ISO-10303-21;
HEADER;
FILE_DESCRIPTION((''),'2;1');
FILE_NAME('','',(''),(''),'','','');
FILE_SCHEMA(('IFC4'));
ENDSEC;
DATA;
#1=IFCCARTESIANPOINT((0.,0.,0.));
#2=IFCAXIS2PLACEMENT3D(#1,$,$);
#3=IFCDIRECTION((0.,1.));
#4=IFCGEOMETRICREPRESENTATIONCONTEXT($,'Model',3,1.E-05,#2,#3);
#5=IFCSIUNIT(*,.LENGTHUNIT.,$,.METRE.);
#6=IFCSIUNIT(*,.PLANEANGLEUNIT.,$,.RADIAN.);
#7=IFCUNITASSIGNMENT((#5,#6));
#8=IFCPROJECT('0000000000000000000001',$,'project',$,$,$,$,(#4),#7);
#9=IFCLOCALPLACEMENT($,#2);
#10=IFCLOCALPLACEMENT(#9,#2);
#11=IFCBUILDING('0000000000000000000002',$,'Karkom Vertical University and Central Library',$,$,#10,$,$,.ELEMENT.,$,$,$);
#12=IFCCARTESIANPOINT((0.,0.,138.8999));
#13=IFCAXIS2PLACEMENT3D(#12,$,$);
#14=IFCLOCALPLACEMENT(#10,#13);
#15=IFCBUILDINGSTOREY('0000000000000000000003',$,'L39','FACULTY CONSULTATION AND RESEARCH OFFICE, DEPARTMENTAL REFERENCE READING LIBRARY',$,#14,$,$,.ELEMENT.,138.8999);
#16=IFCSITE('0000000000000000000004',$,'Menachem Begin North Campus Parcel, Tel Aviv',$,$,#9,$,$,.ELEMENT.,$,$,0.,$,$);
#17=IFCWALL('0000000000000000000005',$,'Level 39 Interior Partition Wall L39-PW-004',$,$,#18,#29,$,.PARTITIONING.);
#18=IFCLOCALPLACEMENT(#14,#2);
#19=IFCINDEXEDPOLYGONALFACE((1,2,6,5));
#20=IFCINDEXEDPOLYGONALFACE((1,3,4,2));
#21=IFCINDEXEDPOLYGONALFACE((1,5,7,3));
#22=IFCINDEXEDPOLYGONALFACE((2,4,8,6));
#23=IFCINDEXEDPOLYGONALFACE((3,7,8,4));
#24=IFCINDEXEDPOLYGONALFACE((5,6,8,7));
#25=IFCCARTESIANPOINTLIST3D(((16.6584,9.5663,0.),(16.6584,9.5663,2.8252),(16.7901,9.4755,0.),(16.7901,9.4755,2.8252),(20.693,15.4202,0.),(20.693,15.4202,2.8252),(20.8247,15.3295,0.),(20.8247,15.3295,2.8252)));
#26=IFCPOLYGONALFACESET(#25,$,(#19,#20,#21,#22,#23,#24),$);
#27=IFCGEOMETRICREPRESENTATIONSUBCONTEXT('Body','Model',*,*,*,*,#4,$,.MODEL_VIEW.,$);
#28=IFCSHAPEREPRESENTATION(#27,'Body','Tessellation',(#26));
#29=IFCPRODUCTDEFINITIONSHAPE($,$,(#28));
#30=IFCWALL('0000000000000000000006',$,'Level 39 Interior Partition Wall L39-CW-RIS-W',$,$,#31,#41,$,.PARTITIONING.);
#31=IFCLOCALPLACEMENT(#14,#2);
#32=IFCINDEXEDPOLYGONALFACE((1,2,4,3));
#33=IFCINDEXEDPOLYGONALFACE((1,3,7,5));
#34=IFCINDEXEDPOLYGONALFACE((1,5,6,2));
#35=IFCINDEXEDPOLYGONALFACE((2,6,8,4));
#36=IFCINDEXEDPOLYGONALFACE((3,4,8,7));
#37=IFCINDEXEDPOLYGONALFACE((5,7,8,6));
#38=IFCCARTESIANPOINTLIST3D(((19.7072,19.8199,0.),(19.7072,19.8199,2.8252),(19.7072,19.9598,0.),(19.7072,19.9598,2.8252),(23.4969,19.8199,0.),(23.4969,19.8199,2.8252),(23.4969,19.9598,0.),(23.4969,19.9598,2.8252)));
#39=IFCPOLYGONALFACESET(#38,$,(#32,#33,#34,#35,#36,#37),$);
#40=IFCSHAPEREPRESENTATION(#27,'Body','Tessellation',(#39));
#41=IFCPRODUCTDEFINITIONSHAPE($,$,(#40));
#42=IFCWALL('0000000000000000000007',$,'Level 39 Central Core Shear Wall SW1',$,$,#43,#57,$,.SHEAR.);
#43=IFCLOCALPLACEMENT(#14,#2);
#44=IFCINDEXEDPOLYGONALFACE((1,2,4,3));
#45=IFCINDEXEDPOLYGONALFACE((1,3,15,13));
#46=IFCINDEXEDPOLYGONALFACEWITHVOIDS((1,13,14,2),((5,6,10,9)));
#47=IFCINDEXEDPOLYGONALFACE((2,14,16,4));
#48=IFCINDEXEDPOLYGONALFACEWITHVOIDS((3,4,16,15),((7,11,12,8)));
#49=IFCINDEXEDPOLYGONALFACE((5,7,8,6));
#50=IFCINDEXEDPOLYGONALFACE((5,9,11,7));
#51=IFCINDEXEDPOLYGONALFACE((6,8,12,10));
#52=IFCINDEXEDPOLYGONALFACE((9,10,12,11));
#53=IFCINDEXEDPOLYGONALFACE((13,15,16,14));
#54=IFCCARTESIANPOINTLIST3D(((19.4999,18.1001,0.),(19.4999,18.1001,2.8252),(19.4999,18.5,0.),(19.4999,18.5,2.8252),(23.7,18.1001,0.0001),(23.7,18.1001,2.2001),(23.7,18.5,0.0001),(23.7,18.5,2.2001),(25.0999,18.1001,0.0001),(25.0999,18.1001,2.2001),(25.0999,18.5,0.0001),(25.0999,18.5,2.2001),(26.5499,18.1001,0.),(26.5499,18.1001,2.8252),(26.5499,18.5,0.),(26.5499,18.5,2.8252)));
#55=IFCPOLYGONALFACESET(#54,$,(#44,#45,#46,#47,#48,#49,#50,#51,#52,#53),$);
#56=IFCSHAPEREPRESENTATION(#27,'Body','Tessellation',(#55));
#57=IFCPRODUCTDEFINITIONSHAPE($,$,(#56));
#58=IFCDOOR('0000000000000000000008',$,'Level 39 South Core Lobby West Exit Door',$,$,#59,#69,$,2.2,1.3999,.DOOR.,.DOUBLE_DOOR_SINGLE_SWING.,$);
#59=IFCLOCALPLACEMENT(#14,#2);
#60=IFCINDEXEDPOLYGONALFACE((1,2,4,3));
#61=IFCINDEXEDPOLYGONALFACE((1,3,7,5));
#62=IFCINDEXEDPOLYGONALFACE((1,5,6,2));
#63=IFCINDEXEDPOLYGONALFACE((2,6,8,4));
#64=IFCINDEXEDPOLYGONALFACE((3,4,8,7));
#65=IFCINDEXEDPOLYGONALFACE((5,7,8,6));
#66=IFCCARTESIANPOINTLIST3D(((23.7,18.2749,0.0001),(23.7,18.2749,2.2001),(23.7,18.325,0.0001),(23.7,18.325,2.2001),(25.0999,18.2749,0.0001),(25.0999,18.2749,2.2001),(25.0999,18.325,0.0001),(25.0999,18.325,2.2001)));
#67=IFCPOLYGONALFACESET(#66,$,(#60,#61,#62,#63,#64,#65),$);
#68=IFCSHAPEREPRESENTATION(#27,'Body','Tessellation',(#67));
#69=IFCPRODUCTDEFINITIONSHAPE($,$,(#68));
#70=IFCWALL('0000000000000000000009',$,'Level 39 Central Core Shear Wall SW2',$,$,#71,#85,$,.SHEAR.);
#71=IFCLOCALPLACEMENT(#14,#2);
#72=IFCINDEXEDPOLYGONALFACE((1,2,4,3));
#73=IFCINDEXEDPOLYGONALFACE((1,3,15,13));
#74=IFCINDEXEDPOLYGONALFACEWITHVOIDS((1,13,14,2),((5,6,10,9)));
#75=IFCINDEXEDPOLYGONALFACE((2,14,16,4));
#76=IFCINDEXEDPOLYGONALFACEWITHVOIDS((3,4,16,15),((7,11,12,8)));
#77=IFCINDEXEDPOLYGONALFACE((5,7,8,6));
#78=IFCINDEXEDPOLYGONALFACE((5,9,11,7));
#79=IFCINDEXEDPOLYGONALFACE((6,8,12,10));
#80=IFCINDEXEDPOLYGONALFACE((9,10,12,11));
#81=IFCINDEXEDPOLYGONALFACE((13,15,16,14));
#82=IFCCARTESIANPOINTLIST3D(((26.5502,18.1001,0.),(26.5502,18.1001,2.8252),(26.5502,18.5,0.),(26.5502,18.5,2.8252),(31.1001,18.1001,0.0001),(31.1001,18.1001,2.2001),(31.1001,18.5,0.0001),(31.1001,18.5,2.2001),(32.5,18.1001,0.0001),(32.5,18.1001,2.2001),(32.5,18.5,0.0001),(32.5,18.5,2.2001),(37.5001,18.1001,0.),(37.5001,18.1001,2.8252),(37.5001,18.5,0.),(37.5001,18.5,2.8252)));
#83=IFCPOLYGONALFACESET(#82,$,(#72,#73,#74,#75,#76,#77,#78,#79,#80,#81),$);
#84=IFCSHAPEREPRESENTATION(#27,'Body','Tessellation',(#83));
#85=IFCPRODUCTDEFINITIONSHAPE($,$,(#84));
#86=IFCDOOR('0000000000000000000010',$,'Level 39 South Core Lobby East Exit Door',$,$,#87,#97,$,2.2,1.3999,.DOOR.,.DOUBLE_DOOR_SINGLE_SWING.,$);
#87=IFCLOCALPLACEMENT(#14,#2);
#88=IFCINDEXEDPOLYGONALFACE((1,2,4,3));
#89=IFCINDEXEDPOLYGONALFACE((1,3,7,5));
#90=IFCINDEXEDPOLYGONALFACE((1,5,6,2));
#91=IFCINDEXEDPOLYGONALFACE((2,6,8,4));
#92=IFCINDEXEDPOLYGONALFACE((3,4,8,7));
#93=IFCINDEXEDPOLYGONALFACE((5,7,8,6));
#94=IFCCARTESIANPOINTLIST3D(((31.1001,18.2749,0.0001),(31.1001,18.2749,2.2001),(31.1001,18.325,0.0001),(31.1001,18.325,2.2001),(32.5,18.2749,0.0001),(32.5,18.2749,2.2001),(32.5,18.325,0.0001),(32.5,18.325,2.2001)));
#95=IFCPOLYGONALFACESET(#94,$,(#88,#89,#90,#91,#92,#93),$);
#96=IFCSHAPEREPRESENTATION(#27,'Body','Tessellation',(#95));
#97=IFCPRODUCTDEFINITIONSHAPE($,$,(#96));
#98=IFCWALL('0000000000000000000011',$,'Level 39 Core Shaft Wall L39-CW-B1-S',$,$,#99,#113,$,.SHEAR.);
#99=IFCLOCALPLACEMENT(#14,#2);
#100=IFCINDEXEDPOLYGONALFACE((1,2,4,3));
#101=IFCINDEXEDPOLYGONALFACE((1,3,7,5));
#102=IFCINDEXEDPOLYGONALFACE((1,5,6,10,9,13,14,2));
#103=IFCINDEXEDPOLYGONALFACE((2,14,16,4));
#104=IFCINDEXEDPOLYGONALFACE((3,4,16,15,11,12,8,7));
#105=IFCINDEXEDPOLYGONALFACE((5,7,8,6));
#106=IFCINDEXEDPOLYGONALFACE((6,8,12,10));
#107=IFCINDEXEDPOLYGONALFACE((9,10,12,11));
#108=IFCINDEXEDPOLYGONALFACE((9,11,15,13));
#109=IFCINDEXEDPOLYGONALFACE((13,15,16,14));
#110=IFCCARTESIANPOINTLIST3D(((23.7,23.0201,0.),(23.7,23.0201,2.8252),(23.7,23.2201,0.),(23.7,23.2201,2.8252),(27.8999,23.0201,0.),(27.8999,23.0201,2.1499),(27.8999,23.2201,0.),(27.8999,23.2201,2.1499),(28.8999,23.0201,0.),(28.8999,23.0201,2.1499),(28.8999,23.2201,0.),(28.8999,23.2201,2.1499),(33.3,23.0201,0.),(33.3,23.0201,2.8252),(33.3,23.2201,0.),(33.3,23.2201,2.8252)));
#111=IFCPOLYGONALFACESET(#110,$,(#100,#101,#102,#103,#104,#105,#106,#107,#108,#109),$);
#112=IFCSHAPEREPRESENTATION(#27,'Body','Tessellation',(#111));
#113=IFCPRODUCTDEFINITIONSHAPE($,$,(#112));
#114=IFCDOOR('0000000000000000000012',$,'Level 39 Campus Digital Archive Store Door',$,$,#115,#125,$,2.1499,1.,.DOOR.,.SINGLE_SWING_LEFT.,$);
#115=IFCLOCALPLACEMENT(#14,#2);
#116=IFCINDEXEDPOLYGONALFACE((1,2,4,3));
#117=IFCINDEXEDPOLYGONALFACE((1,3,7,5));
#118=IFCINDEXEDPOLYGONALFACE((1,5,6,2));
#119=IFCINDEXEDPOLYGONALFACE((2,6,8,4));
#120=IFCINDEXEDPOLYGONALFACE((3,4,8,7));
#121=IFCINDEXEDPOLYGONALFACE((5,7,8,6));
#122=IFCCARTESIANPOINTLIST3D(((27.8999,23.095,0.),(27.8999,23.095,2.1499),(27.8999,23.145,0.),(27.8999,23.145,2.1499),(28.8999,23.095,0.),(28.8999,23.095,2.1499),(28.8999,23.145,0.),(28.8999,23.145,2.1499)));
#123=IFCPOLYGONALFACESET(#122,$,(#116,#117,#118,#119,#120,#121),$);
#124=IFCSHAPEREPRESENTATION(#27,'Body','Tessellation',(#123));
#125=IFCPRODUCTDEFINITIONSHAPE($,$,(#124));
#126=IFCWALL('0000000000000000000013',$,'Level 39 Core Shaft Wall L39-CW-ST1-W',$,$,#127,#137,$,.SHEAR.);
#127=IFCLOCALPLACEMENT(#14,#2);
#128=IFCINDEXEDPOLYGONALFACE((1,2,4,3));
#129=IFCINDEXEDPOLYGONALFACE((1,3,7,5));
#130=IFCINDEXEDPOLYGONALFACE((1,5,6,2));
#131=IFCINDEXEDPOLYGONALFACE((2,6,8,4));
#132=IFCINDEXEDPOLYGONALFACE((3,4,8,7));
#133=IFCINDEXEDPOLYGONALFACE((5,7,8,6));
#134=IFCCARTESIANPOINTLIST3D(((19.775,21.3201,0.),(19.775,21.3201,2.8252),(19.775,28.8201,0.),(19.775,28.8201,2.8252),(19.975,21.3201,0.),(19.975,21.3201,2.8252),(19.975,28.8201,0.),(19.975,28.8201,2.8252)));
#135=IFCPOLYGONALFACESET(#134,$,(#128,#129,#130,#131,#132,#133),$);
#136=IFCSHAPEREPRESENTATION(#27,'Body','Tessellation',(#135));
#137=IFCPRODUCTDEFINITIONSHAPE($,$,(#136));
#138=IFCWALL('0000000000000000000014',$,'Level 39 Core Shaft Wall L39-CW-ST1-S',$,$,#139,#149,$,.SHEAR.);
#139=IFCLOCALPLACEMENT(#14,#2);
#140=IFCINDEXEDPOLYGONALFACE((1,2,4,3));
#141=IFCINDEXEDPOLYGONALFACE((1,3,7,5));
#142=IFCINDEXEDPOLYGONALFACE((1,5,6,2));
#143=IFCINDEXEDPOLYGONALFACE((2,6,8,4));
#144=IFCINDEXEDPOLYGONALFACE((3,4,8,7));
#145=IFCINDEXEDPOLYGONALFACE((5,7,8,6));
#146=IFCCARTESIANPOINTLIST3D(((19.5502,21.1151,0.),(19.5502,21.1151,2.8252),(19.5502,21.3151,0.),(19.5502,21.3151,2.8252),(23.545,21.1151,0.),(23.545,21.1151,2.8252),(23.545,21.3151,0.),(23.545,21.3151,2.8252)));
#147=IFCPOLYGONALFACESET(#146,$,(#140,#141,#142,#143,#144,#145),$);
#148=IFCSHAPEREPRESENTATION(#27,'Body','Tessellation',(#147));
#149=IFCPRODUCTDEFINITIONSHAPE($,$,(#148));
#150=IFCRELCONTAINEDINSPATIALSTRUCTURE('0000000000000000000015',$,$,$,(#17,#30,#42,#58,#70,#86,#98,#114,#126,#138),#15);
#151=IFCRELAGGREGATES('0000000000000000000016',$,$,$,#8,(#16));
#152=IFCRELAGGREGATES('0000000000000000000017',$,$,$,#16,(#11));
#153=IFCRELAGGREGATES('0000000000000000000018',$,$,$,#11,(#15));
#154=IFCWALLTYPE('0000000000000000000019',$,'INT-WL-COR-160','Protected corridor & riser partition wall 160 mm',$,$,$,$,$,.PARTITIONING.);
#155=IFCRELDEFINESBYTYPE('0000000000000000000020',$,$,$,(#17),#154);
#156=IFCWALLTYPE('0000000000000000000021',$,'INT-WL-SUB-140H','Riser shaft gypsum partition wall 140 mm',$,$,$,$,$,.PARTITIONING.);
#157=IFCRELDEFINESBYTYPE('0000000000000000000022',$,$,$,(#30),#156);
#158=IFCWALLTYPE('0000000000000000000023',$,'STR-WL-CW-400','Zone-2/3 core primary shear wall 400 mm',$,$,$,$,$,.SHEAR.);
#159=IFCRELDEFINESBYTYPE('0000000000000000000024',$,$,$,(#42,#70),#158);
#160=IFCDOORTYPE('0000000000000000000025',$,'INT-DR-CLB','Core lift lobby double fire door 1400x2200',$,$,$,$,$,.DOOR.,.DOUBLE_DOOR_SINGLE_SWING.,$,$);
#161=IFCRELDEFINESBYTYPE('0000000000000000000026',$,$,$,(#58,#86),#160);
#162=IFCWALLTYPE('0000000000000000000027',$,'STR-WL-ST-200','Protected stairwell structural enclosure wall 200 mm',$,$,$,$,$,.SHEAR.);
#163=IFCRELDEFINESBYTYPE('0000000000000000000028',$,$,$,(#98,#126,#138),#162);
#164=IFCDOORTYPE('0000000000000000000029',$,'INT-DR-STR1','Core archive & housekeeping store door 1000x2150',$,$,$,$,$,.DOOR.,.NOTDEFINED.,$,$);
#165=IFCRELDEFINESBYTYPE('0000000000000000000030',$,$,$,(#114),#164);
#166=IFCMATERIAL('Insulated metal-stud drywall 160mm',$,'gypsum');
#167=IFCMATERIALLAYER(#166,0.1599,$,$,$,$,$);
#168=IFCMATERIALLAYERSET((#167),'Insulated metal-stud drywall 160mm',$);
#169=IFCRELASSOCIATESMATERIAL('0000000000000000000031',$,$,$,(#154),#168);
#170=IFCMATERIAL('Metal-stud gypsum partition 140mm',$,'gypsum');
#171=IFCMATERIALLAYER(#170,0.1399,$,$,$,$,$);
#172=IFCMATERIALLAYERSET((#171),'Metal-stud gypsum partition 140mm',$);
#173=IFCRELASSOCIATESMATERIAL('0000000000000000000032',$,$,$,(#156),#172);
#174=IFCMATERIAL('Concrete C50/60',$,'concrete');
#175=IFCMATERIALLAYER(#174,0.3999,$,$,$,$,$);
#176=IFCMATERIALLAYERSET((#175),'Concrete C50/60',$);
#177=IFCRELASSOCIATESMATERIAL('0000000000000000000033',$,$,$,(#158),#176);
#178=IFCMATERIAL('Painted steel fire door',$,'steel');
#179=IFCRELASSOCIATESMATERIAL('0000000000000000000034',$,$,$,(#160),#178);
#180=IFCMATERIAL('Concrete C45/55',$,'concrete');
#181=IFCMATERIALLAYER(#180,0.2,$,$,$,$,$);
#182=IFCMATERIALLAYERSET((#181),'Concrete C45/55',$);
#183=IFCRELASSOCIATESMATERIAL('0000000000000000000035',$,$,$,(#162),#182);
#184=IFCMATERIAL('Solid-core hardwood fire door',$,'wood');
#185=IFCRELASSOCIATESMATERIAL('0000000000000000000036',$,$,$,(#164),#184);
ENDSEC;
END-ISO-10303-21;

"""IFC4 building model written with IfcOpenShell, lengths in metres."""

from ifc_helpers import new_model, si_unit, direction, frame, frame_2d, origin, origin_with_axes, place, context, subcontext, project, spatial, rectangle, extrude, source, transform, mapped, material, layer, layer_set, type_object, element, fill, save


model = new_model("IFC4")

# Units and contexts
model_context = context("Model", 3, precision=1e-05, world=origin(), true_north=direction((0.0, 1.0)))
body_context = subcontext(model_context, "Body", "Model", "MODEL_VIEW")
ifc_project = project(units=[si_unit("LENGTHUNIT", "METRE"), si_unit("PLANEANGLEUNIT", "RADIAN")], contexts=[model_context])

# Site, building, storey
site_placement = place(None, origin())
site = spatial("IfcSite", under=ifc_project, at=site_placement, Name="Menachem Begin North Campus Parcel, Tel Aviv", CompositionType="ELEMENT", RefElevation=0.0)
building_placement = place(site_placement, origin())
building = spatial("IfcBuilding", under=site, at=building_placement, Name="Karkom Vertical University and Central Library", CompositionType="ELEMENT")
storey_placement = place(building_placement, frame((0.0, 0.0, 138.8999)))
storey = spatial("IfcBuildingStorey", under=building, at=storey_placement, Name="L39", Description="FACULTY CONSULTATION AND RESEARCH OFFICE, DEPARTMENTAL REFERENCE READING LIBRARY", CompositionType="ELEMENT", Elevation=138.8999)

# Shared definitions
ifc_material_1 = material(Name="Concrete C50/60", Category="concrete")

# Walls
ifc_material_2 = material(Name="Insulated metal-stud drywall 160mm", Category="gypsum")
ifc_layer_1 = layer(ifc_material_2, 0.1599)
ifc_layer_set_1 = layer_set([ifc_layer_1], Name="Insulated metal-stud drywall 160mm")
wall_type_1 = type_object("IfcWallType", Name="INT-WL-COR-160", Description="Protected corridor & riser partition wall 160 mm", PredefinedType="PARTITIONING", material=ifc_layer_set_1)
wall_1_placement = place(storey_placement, frame((20.7588, 15.3748, 0.0), z_axis=(0.0, 0.0, 1.0), x_axis=(-0.567487, -0.823382, 0.0)))
element("IfcWall", 1, at=wall_1_placement, inside=storey, type_object=wall_type_1, Name="Level 39 Interior Partition Wall L39-PW-004", PredefinedType="PARTITIONING", context=body_context, shape_type="SweptSolid", body=[
    extrude(rectangle(XDim=7.1096, YDim=0.1599, at=frame_2d((3.5547, 0.0))), origin(), (0.0, 0.0, 1.0), 2.8252),
])
ifc_material_3 = material(Name="Metal-stud gypsum partition 140mm", Category="gypsum")
ifc_layer_2 = layer(ifc_material_3, 0.1399)
ifc_layer_set_2 = layer_set([ifc_layer_2], Name="Metal-stud gypsum partition 140mm")
wall_type_2 = type_object("IfcWallType", Name="INT-WL-SUB-140H", Description="Riser shaft gypsum partition wall 140 mm", PredefinedType="PARTITIONING", material=ifc_layer_set_2)
wall_2_placement = place(storey_placement, frame((19.707, 19.8899, 0.0), z_axis=(0.0, 0.0, 1.0), x_axis=(1.0, 0.0, 0.0)))
element("IfcWall", 2, at=wall_2_placement, inside=storey, type_object=wall_type_2, Name="Level 39 Interior Partition Wall L39-CW-RIS-W", PredefinedType="PARTITIONING", context=body_context, shape_type="SweptSolid", body=[
    extrude(rectangle(XDim=3.7898, YDim=0.1399, at=frame_2d((1.895, 0.0))), origin(), (0.0, 0.0, 1.0), 2.8252),
])

# Walls, openings, doors
ifc_layer_3 = layer(ifc_material_1, 0.3999)
ifc_layer_set_3 = layer_set([ifc_layer_3], Name="Concrete C50/60")
wall_type_3 = type_object("IfcWallType", Name="STR-WL-CW-400", Description="Zone-2/3 core primary shear wall 400 mm", PredefinedType="SHEAR", material=ifc_layer_set_3)
wall_3_placement = place(storey_placement, frame((19.5, 18.3, 0.0), z_axis=(0.0, 0.0, 1.0), x_axis=(1.0, 0.0, 0.0)))
wall_3 = element("IfcWall", 3, at=wall_3_placement, inside=storey, type_object=wall_type_3, Name="Level 39 Central Core Shear Wall SW1", PredefinedType="SHEAR", context=body_context, shape_type="SweptSolid", body=[
    extrude(rectangle(XDim=7.05, YDim=0.3999, at=frame_2d((3.5249, 0.0))), origin(), (0.0, 0.0, 1.0), 2.8252),
])
opening_1_placement = place(wall_3_placement, frame((4.2, 0.0, 0.0)))
opening_1 = element("IfcOpeningElement", 4, at=opening_1_placement, cuts=wall_3, PredefinedType="OPENING", context=body_context, shape_type="SweptSolid", body=[
    extrude(rectangle(XDim=1.3999, YDim=2.2, at=frame_2d((0.7, 1.1001))), frame((0.0, 0.21, 0.0), z_axis=(0.0, -1.0, 0.0), x_axis=(1.0, 0.0, 0.0)), (0.0, 0.0, 1.0), 0.4199),
])
ifc_material_4 = material(Name="Painted steel fire door", Category="steel")
door_type_1 = type_object("IfcDoorType", Name="INT-DR-CLB", Description="Core lift lobby double fire door 1400x2200", OperationType="DOUBLE_DOOR_SINGLE_SWING", PredefinedType="DOOR", material=ifc_material_4)
shared_shape_1 = source(origin_with_axes(), body_context, "Body", "SweptSolid", [
    extrude(rectangle(XDim=1.3999, YDim=2.2, at=frame_2d((0.7, 1.1001))), frame((0.0, 0.0249, 0.0), z_axis=(0.0, -1.0, 0.0), x_axis=(1.0, 0.0, 0.0)), (0.0, 0.0, 1.0), 0.05),
])
door_1_placement = place(opening_1_placement, origin())
door_1 = element("IfcDoor", 5, at=door_1_placement, inside=storey, type_object=door_type_1, Name="Level 39 South Core Lobby West Exit Door", OperationType="DOUBLE_DOOR_SINGLE_SWING", OverallHeight=2.2, OverallWidth=1.3999, PredefinedType="DOOR", context=body_context, shape_type="MappedRepresentation", body=[
    mapped(shared_shape_1, transform((0.0, 0.0, 0.0), scale=1.0)),
])
fill(opening_1, door_1)
wall_4_placement = place(storey_placement, frame((26.55, 18.3, 0.0), z_axis=(0.0, 0.0, 1.0), x_axis=(1.0, 0.0, 0.0)))
wall_4 = element("IfcWall", 6, at=wall_4_placement, inside=storey, type_object=wall_type_3, Name="Level 39 Central Core Shear Wall SW2", PredefinedType="SHEAR", context=body_context, shape_type="SweptSolid", body=[
    extrude(rectangle(XDim=10.95, YDim=0.3999, at=frame_2d((5.4751, 0.0))), origin(), (0.0, 0.0, 1.0), 2.8252),
])
opening_2_placement = place(wall_4_placement, frame((4.55, 0.0, 0.0)))
opening_2 = element("IfcOpeningElement", 7, at=opening_2_placement, cuts=wall_4, PredefinedType="OPENING", context=body_context, shape_type="SweptSolid", body=[
    extrude(rectangle(XDim=1.3999, YDim=2.2, at=frame_2d((0.7, 1.1001))), frame((0.0, 0.21, 0.0), z_axis=(0.0, -1.0, 0.0), x_axis=(1.0, 0.0, 0.0)), (0.0, 0.0, 1.0), 0.4199),
])
door_2_placement = place(opening_2_placement, origin())
door_2 = element("IfcDoor", 8, at=door_2_placement, inside=storey, type_object=door_type_1, Name="Level 39 South Core Lobby East Exit Door", OperationType="DOUBLE_DOOR_SINGLE_SWING", OverallHeight=2.2, OverallWidth=1.3999, PredefinedType="DOOR", context=body_context, shape_type="MappedRepresentation", body=[
    mapped(shared_shape_1, transform((0.0, 0.0, 0.0), scale=1.0)),
])
fill(opening_2, door_2)

# Shared definitions
ifc_material_5 = material(Name="Concrete C45/55", Category="concrete")
ifc_layer_4 = layer(ifc_material_5, 0.2)
ifc_layer_set_4 = layer_set([ifc_layer_4], Name="Concrete C45/55")
wall_type_4 = type_object("IfcWallType", Name="STR-WL-ST-200", Description="Protected stairwell structural enclosure wall 200 mm", PredefinedType="SHEAR", material=ifc_layer_set_4)

# Wall, opening, door
wall_5_placement = place(storey_placement, frame((23.7, 23.1201, 0.0), z_axis=(0.0, 0.0, 1.0), x_axis=(1.0, 0.0, 0.0)))
wall_5 = element("IfcWall", 9, at=wall_5_placement, inside=storey, type_object=wall_type_4, Name="Level 39 Core Shaft Wall L39-CW-B1-S", PredefinedType="SHEAR", context=body_context, shape_type="SweptSolid", body=[
    extrude(rectangle(XDim=9.6001, YDim=0.2, at=frame_2d((4.8, 0.0))), origin(), (0.0, 0.0, 1.0), 2.8252),
])
opening_3_placement = place(wall_5_placement, frame((4.2, 0.0, 0.0)))
opening_3 = element("IfcOpeningElement", 10, at=opening_3_placement, cuts=wall_5, PredefinedType="OPENING", context=body_context, shape_type="SweptSolid", body=[
    extrude(rectangle(XDim=1.0, YDim=2.1499, at=frame_2d((0.5, 1.075))), frame((0.0, 0.1099, 0.0), z_axis=(0.0, -1.0, 0.0), x_axis=(1.0, 0.0, 0.0)), (0.0, 0.0, 1.0), 0.22),
])
ifc_material_6 = material(Name="Solid-core hardwood fire door", Category="wood")
door_type_2 = type_object("IfcDoorType", Name="INT-DR-STR1", Description="Core archive & housekeeping store door 1000x2150", OperationType="NOTDEFINED", PredefinedType="DOOR", material=ifc_material_6)
shared_shape_2 = source(origin_with_axes(), body_context, "Body", "SweptSolid", [
    extrude(rectangle(XDim=1.0, YDim=2.1499, at=frame_2d((0.5, 1.075))), frame((0.0, 0.0249, 0.0), z_axis=(0.0, -1.0, 0.0), x_axis=(1.0, 0.0, 0.0)), (0.0, 0.0, 1.0), 0.05),
])
door_3_placement = place(opening_3_placement, origin())
door_3 = element("IfcDoor", 11, at=door_3_placement, inside=storey, type_object=door_type_2, Name="Level 39 Campus Digital Archive Store Door", OperationType="SINGLE_SWING_LEFT", OverallHeight=2.1499, OverallWidth=1.0, PredefinedType="DOOR", context=body_context, shape_type="MappedRepresentation", body=[
    mapped(shared_shape_2, transform((0.0, 0.0, 0.0), scale=1.0)),
])
fill(opening_3, door_3)

# Walls
wall_6_placement = place(storey_placement, frame((19.875, 21.3201, 0.0), z_axis=(0.0, 0.0, 1.0), x_axis=(0.0, 1.0, 0.0)))
element("IfcWall", 12, at=wall_6_placement, inside=storey, type_object=wall_type_4, Name="Level 39 Core Shaft Wall L39-CW-ST1-W", PredefinedType="SHEAR", context=body_context, shape_type="SweptSolid", body=[
    extrude(rectangle(XDim=7.5, YDim=0.2, at=frame_2d((3.75, 0.0))), origin(), (0.0, 0.0, 1.0), 2.8252),
])
wall_7_placement = place(storey_placement, frame((19.55, 21.2151, 0.0), z_axis=(0.0, 0.0, 1.0), x_axis=(1.0, 0.0, 0.0)))
element("IfcWall", 13, at=wall_7_placement, inside=storey, type_object=wall_type_4, Name="Level 39 Core Shaft Wall L39-CW-ST1-S", PredefinedType="SHEAR", context=body_context, shape_type="SweptSolid", body=[
    extrude(rectangle(XDim=3.9949, YDim=0.2, at=frame_2d((1.9976, 0.0))), origin(), (0.0, 0.0, 1.0), 2.8252),
])

save(model, "model.ifc")
